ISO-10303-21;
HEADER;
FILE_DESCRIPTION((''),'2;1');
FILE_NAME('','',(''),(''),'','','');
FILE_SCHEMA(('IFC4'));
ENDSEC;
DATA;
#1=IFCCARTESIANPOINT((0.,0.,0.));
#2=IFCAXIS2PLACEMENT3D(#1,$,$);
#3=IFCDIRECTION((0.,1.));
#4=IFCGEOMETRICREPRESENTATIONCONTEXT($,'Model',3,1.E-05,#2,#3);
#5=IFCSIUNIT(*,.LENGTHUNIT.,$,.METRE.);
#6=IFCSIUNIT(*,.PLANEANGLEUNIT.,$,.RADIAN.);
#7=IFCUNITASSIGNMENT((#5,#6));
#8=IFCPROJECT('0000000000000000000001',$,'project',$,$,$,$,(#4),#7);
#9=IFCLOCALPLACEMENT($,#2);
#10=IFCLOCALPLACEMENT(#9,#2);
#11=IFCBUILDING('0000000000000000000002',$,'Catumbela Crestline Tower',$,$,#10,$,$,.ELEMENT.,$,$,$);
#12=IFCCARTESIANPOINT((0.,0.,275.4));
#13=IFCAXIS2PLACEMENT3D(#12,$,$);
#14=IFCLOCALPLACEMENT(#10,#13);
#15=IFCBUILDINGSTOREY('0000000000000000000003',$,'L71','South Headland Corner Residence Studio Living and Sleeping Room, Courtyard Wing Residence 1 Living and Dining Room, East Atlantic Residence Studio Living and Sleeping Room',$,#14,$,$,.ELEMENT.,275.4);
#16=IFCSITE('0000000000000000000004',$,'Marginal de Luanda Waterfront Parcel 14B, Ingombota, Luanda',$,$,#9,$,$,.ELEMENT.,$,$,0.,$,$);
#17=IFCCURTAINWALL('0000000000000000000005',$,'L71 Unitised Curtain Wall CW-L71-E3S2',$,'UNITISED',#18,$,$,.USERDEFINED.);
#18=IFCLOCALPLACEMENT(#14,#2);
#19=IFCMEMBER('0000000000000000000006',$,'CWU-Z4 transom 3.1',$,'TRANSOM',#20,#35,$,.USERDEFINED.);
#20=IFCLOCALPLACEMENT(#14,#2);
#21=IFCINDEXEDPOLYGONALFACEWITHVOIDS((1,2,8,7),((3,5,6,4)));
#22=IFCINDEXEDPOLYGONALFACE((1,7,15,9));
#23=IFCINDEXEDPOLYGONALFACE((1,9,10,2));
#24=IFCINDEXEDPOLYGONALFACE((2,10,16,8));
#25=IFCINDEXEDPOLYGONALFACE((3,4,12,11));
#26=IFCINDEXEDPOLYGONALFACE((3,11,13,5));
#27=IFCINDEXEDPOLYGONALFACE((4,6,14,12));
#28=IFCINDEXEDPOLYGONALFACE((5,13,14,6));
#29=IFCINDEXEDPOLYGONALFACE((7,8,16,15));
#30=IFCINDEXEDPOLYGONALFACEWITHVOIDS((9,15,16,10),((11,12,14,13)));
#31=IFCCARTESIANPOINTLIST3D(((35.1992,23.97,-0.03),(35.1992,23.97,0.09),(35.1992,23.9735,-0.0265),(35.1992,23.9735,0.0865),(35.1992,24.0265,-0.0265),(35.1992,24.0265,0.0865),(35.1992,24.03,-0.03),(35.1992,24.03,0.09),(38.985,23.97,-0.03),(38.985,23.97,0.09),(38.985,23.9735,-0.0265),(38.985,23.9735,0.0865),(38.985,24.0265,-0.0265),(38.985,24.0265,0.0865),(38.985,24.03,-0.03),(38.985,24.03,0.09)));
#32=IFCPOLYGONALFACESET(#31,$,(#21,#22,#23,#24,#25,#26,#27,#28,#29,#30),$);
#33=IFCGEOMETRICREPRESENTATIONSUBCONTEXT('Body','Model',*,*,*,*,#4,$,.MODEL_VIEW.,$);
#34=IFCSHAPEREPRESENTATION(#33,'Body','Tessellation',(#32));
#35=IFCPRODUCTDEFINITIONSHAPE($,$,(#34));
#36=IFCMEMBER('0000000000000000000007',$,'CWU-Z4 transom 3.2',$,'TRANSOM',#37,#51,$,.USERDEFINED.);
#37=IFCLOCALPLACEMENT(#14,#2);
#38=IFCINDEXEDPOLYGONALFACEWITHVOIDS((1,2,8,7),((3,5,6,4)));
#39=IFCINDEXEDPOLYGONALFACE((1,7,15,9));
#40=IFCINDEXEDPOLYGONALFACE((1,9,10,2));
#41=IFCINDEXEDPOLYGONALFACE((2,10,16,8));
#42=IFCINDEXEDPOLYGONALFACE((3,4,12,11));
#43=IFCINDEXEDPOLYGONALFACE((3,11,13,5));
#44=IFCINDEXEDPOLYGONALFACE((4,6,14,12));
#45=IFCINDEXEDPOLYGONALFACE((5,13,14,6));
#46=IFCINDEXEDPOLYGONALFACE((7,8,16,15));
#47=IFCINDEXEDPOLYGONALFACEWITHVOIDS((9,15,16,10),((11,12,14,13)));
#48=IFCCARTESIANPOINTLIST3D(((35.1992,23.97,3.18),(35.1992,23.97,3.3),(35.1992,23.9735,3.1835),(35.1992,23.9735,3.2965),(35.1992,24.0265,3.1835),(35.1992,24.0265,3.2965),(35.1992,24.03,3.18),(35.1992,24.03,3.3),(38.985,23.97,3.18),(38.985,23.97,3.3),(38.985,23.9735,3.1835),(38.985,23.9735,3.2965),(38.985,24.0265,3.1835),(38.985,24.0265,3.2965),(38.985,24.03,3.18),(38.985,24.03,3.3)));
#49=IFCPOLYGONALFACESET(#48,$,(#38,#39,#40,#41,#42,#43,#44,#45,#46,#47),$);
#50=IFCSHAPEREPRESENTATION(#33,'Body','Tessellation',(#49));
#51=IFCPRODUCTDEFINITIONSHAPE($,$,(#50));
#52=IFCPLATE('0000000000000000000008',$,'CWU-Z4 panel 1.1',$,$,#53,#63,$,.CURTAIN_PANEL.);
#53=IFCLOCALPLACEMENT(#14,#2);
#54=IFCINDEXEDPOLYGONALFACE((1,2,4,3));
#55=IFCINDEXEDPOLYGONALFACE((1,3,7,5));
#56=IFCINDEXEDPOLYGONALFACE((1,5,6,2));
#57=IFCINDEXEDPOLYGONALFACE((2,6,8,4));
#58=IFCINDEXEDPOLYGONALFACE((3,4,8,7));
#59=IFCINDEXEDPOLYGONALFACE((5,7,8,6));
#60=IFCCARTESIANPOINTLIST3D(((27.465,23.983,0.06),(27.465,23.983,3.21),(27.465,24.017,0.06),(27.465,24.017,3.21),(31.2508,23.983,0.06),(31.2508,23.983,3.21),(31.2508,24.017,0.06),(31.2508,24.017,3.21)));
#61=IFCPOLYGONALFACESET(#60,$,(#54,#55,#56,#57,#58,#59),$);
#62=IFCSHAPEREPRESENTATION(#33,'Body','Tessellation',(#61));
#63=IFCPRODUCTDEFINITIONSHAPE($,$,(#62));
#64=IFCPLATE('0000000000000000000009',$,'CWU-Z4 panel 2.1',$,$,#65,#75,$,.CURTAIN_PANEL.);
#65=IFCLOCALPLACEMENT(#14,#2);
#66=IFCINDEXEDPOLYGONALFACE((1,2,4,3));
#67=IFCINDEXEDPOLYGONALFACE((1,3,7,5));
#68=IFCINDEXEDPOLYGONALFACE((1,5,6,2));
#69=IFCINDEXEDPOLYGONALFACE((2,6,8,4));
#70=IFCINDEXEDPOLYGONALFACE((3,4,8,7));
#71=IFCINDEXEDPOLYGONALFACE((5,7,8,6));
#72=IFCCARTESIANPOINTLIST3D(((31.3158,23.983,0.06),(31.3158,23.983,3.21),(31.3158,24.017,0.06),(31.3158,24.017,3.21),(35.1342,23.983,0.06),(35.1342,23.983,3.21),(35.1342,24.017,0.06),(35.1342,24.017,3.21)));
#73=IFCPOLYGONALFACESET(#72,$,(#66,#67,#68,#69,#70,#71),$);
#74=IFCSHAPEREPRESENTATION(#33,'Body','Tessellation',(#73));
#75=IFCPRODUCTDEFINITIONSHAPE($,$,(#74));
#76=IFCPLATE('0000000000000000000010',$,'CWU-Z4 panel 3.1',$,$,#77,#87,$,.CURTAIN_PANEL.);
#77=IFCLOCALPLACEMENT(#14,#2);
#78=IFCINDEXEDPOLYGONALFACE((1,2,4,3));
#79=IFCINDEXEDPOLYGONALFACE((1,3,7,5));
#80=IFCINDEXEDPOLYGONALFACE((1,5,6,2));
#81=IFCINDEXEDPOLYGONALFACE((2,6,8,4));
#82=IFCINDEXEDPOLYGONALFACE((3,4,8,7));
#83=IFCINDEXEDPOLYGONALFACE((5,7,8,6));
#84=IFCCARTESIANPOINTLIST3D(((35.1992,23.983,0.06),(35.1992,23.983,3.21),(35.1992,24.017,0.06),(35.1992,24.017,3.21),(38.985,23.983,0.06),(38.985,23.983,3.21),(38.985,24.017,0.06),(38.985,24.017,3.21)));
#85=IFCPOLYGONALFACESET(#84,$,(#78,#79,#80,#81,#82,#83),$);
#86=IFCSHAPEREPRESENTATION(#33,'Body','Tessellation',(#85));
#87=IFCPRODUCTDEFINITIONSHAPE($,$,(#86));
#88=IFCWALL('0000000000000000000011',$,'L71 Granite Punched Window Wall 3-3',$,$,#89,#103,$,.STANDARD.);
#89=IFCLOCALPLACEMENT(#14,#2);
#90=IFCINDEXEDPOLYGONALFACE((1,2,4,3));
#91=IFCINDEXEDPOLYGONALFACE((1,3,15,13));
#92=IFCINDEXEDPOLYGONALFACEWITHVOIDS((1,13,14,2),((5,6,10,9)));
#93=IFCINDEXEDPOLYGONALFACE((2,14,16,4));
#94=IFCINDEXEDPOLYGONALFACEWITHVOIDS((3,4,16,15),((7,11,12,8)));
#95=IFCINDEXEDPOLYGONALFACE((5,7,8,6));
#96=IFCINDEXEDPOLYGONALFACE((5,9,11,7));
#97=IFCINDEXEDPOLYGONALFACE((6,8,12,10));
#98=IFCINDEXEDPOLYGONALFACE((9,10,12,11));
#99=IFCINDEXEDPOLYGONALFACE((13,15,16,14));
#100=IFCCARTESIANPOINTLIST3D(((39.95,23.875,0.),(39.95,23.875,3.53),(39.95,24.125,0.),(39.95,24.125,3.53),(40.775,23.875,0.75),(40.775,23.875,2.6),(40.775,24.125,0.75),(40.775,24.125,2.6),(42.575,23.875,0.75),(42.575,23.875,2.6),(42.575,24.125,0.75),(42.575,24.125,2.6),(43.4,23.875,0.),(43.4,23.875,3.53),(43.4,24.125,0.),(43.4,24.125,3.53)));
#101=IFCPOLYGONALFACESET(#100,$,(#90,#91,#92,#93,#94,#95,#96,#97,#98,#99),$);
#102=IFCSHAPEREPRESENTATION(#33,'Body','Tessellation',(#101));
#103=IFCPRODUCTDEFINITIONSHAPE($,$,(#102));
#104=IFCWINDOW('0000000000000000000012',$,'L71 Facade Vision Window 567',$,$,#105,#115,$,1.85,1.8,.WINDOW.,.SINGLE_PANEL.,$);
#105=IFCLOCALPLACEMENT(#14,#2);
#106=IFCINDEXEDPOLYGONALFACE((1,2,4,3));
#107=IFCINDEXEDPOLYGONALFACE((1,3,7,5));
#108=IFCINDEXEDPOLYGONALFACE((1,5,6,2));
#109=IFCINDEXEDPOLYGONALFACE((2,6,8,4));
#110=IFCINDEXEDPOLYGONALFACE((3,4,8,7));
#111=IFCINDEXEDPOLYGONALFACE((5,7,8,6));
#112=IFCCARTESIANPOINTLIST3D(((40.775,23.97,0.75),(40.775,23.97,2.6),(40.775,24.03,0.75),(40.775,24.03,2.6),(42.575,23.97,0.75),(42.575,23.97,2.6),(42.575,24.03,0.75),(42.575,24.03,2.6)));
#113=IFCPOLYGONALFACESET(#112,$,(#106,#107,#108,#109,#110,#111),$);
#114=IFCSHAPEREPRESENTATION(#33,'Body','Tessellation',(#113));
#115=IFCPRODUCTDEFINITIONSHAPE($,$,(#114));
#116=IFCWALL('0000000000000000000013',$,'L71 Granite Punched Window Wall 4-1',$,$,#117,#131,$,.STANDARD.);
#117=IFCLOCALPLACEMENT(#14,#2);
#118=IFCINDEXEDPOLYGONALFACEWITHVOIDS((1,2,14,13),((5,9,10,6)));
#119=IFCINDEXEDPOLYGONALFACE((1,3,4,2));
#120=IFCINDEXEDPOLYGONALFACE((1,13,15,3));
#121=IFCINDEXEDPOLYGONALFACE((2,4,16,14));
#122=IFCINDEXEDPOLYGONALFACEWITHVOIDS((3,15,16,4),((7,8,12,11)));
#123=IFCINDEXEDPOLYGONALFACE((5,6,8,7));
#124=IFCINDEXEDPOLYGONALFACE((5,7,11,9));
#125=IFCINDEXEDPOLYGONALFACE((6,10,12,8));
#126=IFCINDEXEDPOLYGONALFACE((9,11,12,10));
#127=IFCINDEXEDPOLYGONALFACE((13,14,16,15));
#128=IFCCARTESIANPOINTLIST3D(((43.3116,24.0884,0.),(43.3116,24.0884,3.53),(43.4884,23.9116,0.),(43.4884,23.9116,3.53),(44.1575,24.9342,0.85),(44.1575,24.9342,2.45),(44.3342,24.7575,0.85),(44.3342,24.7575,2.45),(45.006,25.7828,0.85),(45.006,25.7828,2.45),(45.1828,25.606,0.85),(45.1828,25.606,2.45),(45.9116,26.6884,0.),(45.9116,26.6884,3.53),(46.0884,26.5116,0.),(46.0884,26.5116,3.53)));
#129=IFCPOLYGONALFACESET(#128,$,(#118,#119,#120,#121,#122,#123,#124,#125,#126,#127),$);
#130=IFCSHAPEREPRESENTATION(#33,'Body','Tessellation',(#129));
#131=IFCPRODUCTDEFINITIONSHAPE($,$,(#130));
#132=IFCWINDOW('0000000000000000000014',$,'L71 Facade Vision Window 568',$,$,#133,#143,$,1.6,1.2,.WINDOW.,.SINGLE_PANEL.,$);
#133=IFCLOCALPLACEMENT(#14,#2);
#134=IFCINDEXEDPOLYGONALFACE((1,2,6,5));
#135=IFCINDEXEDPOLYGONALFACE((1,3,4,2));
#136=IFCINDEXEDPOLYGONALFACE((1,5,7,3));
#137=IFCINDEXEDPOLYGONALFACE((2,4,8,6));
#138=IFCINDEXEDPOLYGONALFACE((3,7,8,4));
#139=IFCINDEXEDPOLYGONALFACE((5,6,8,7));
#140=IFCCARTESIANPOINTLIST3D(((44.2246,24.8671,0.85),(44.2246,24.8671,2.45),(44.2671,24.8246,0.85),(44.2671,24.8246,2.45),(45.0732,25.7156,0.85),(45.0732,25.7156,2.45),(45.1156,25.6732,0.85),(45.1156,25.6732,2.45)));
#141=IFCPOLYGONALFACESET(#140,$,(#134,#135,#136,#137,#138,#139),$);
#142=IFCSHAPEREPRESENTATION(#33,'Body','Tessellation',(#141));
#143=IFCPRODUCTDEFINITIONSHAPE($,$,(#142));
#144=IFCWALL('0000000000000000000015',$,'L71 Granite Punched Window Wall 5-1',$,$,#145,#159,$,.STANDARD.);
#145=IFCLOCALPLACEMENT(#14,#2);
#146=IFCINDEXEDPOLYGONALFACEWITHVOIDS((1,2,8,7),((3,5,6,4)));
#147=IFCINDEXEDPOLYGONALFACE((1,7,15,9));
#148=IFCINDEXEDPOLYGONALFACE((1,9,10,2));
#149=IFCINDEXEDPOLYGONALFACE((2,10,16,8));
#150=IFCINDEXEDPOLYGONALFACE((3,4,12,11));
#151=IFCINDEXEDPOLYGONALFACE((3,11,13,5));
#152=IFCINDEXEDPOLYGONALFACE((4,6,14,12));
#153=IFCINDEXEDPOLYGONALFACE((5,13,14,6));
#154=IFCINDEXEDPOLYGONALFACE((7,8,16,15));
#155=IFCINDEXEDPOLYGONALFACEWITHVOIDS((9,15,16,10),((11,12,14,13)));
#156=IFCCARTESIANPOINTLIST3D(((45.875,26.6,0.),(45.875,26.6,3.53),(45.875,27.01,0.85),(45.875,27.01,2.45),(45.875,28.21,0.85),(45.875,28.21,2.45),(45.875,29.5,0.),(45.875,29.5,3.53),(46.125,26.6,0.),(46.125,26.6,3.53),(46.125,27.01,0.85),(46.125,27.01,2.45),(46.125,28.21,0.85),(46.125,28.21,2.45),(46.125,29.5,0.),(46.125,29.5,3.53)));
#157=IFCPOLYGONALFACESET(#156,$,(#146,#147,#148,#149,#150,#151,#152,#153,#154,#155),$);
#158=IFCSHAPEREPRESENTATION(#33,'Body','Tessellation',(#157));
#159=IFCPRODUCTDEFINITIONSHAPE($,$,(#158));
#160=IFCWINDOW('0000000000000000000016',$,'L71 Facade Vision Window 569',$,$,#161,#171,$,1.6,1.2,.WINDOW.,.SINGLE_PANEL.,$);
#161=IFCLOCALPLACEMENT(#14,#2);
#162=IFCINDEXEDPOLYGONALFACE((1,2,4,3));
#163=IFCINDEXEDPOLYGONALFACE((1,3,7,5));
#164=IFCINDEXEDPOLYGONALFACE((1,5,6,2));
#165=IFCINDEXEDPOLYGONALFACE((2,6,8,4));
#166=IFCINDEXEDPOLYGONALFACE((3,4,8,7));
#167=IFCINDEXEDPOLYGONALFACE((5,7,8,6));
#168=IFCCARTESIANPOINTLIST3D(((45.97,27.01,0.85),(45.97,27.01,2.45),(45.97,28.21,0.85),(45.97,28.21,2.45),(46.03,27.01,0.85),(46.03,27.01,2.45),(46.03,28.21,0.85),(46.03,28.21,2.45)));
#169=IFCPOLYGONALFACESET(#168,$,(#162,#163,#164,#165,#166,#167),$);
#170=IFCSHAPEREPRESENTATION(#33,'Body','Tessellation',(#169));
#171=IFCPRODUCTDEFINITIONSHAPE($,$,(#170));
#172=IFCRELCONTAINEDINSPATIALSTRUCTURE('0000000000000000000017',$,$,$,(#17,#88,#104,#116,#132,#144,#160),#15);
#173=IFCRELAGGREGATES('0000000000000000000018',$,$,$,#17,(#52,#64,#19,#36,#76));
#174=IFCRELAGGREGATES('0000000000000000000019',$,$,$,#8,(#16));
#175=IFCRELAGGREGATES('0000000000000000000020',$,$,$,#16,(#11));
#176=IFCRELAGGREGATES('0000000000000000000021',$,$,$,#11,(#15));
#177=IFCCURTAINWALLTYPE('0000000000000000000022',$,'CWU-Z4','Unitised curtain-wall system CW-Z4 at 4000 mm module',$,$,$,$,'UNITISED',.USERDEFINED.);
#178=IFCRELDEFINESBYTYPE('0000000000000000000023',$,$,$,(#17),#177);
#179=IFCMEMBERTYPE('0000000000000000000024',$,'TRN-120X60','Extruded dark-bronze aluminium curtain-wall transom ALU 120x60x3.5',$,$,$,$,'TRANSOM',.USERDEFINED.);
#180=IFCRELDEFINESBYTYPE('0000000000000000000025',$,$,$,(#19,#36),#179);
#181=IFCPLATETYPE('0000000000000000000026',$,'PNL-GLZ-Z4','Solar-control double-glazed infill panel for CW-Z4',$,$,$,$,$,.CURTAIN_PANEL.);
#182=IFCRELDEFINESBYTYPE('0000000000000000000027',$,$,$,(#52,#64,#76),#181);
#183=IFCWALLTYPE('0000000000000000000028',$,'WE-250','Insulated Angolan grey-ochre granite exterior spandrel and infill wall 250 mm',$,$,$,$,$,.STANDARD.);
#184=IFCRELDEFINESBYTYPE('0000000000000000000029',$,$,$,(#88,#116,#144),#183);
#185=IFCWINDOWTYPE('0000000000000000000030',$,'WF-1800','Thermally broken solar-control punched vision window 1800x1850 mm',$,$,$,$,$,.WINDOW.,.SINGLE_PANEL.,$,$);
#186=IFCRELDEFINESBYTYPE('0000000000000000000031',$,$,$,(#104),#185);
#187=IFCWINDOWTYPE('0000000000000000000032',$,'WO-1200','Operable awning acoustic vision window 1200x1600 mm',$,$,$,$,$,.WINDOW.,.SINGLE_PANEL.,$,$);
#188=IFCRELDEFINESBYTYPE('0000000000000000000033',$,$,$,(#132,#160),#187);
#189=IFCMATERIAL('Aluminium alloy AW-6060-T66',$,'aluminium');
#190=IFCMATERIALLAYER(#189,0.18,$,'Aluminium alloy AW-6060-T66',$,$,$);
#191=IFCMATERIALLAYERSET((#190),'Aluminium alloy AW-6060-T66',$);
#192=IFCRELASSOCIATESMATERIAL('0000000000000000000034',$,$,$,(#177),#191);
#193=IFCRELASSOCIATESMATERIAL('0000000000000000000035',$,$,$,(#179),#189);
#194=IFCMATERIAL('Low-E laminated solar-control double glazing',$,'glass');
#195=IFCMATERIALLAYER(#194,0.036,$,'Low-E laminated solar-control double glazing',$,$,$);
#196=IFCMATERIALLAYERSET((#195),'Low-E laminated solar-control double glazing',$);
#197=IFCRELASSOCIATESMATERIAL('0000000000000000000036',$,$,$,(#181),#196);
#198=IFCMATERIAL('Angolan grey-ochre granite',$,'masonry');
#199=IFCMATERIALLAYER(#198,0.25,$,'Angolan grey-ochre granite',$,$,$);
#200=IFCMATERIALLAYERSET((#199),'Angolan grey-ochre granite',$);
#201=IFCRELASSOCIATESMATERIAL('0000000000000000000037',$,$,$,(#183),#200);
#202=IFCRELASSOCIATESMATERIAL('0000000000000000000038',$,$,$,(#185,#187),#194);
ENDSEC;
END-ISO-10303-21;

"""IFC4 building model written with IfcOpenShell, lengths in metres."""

from ifc_helpers import new_model, si_unit, direction, frame, frame_2d, origin, origin_2d, place, context, subcontext, project, spatial, rectangle, hollow_rectangle, extrude, material, layer, layer_set, material_profile, profile_set, type_object, element, fill, aggregate, save


model = new_model("IFC4")

# Units and contexts
model_context = context("Model", 3, precision=1e-05, world=origin(), true_north=direction((0.0, 1.0)))
body_context = subcontext(model_context, "Body", "Model", "MODEL_VIEW")
ifc_project = project(units=[si_unit("LENGTHUNIT", "METRE"), si_unit("PLANEANGLEUNIT", "RADIAN")], contexts=[model_context])

# Site, building, storey
site_placement = place(None, origin())
site = spatial("IfcSite", under=ifc_project, at=site_placement, Name="Marginal de Luanda Waterfront Parcel 14B, Ingombota, Luanda", CompositionType="ELEMENT", RefElevation=0.0)
building_placement = place(site_placement, origin())
building = spatial("IfcBuilding", under=site, at=building_placement, Name="Catumbela Crestline Tower", CompositionType="ELEMENT")
storey_placement = place(building_placement, frame((0.0, 0.0, 275.4)))
storey = spatial("IfcBuildingStorey", under=building, at=storey_placement, Name="L71", Description="South Headland Corner Residence Studio Living and Sleeping Room, Courtyard Wing Residence 1 Living and Dining Room, East Atlantic Residence Studio Living and Sleeping Room", CompositionType="ELEMENT", Elevation=275.4)

# Curtain wall
ifc_material_1 = material(Name="Aluminium alloy AW-6060-T66", Category="aluminium")
ifc_layer_1 = layer(ifc_material_1, 0.18, Name="Aluminium alloy AW-6060-T66")
ifc_layer_set_1 = layer_set([ifc_layer_1], Name="Aluminium alloy AW-6060-T66")
curtain_wall_type = type_object("IfcCurtainWallType", Name="CWU-Z4", Description="Unitised curtain-wall system CW-Z4 at 4000 mm module", ElementType="UNITISED", PredefinedType="USERDEFINED", material=ifc_layer_set_1)
curtain_wall_placement = place(storey_placement, origin())
curtain_wall = element("IfcCurtainWall", 1, at=curtain_wall_placement, inside=storey, type_object=curtain_wall_type, Name="L71 Unitised Curtain Wall CW-L71-E3S2", ObjectType="UNITISED", PredefinedType="USERDEFINED")

# Members
ifc_material_profile_1 = material_profile(ifc_material_1, hollow_rectangle(XDim=0.06, YDim=0.12, WallThickness=0.0035, at=origin_2d()), Name="ALU 120x60x3.5")
ifc_profile_set_1 = profile_set([ifc_material_profile_1], Name="Aluminium alloy AW-6060-T66")
member_type_1 = type_object("IfcMemberType", Name="TRN-120X60", Description="Extruded dark-bronze aluminium curtain-wall transom ALU 120x60x3.5", ElementType="TRANSOM", PredefinedType="USERDEFINED", material=ifc_profile_set_1)
member_1_placement = place(storey_placement, frame((35.1992, 24.0, 0.03), z_axis=(1.0, 0.0, 0.0), x_axis=(0.0, 1.0, 0.0)))
member_1 = element("IfcMember", 2, at=member_1_placement, type_object=member_type_1, Name="CWU-Z4 transom 3.1", ObjectType="TRANSOM", PredefinedType="USERDEFINED", context=body_context, shape_type="SweptSolid", body=[
    extrude(hollow_rectangle(XDim=0.06, YDim=0.12, WallThickness=0.0035, at=origin_2d()), origin(), (0.0, 0.0, 1.0), 3.7858),
])
member_2_placement = place(storey_placement, frame((35.1992, 24.0, 3.24), z_axis=(1.0, 0.0, 0.0), x_axis=(0.0, 1.0, 0.0)))
member_2 = element("IfcMember", 3, at=member_2_placement, type_object=member_type_1, Name="CWU-Z4 transom 3.2", ObjectType="TRANSOM", PredefinedType="USERDEFINED", context=body_context, shape_type="SweptSolid", body=[
    extrude(hollow_rectangle(XDim=0.06, YDim=0.12, WallThickness=0.0035, at=origin_2d()), origin(), (0.0, 0.0, 1.0), 3.7858),
])

# Plates
ifc_material_2 = material(Name="Low-E laminated solar-control double glazing", Category="glass")
ifc_layer_2 = layer(ifc_material_2, 0.036, Name="Low-E laminated solar-control double glazing")
ifc_layer_set_2 = layer_set([ifc_layer_2], Name="Low-E laminated solar-control double glazing")
plate_type = type_object("IfcPlateType", Name="PNL-GLZ-Z4", Description="Solar-control double-glazed infill panel for CW-Z4", PredefinedType="CURTAIN_PANEL", material=ifc_layer_set_2)
plate_1_placement = place(storey_placement, frame((29.3579, 24.0, 0.06), z_axis=(0.0, 0.0, 1.0), x_axis=(1.0, 0.0, 0.0)))
plate_1 = element("IfcPlate", 4, at=plate_1_placement, type_object=plate_type, Name="CWU-Z4 panel 1.1", PredefinedType="CURTAIN_PANEL", context=body_context, shape_type="SweptSolid", body=[
    extrude(rectangle(XDim=3.7858, YDim=0.034, at=origin_2d()), origin(), (0.0, 0.0, 1.0), 3.15),
])
plate_2_placement = place(storey_placement, frame((33.225, 24.0, 0.06), z_axis=(0.0, 0.0, 1.0), x_axis=(1.0, 0.0, 0.0)))
plate_2 = element("IfcPlate", 5, at=plate_2_placement, type_object=plate_type, Name="CWU-Z4 panel 2.1", PredefinedType="CURTAIN_PANEL", context=body_context, shape_type="SweptSolid", body=[
    extrude(rectangle(XDim=3.8183, YDim=0.034, at=origin_2d()), origin(), (0.0, 0.0, 1.0), 3.15),
])
plate_3_placement = place(storey_placement, frame((37.0921, 24.0, 0.06), z_axis=(0.0, 0.0, 1.0), x_axis=(1.0, 0.0, 0.0)))
plate_3 = element("IfcPlate", 6, at=plate_3_placement, type_object=plate_type, Name="CWU-Z4 panel 3.1", PredefinedType="CURTAIN_PANEL", context=body_context, shape_type="SweptSolid", body=[
    extrude(rectangle(XDim=3.7858, YDim=0.034, at=origin_2d()), origin(), (0.0, 0.0, 1.0), 3.15),
])
aggregate(curtain_wall, [plate_1, plate_2, member_1, member_2, plate_3])

# Walls, openings, windows
ifc_material_3 = material(Name="Angolan grey-ochre granite", Category="masonry")
ifc_layer_3 = layer(ifc_material_3, 0.25, Name="Angolan grey-ochre granite")
ifc_layer_set_3 = layer_set([ifc_layer_3], Name="Angolan grey-ochre granite")
wall_type_1 = type_object("IfcWallType", Name="WE-250", Description="Insulated Angolan grey-ochre granite exterior spandrel and infill wall 250 mm", PredefinedType="STANDARD", material=ifc_layer_set_3)
wall_1_placement = place(storey_placement, frame((39.95, 24.0, 0.0), z_axis=(0.0, 0.0, 1.0), x_axis=(1.0, 0.0, 0.0)))
wall_1 = element("IfcWall", 7, at=wall_1_placement, inside=storey, type_object=wall_type_1, Name="L71 Granite Punched Window Wall 3-3", PredefinedType="STANDARD", context=body_context, shape_type="SweptSolid", body=[
    extrude(rectangle(XDim=3.45, YDim=0.25, at=frame_2d((1.725, 0.0))), origin(), (0.0, 0.0, 1.0), 3.53),
])
opening_1_placement = place(wall_1_placement, frame((0.825, 0.0, 0.75)))
opening_1 = element("IfcOpeningElement", 8, at=opening_1_placement, cuts=wall_1, PredefinedType="OPENING", context=body_context, shape_type="SweptSolid", body=[
    extrude(rectangle(XDim=1.8, YDim=1.85, at=frame_2d((0.9, 0.925))), frame((0.0, 0.135, 0.0), z_axis=(0.0, -1.0, 0.0), x_axis=(1.0, 0.0, 0.0)), (0.0, 0.0, 1.0), 0.27),
])
window_type_1 = type_object("IfcWindowType", Name="WF-1800", Description="Thermally broken solar-control punched vision window 1800x1850 mm", PartitioningType="SINGLE_PANEL", PredefinedType="WINDOW", material=ifc_material_2)
window_1_placement = place(opening_1_placement, origin())
window_1 = element("IfcWindow", 9, at=window_1_placement, inside=storey, type_object=window_type_1, Name="L71 Facade Vision Window 567", OverallHeight=1.85, OverallWidth=1.8, PartitioningType="SINGLE_PANEL", PredefinedType="WINDOW", context=body_context, shape_type="SweptSolid", body=[
    extrude(rectangle(XDim=1.8, YDim=1.85, at=frame_2d((0.9, 0.925))), frame((0.0, 0.03, 0.0), z_axis=(0.0, -1.0, 0.0), x_axis=(1.0, 0.0, 0.0)), (0.0, 0.0, 1.0), 0.06),
])
fill(opening_1, window_1)
wall_2_placement = place(storey_placement, frame((43.4, 24.0, 0.0), z_axis=(0.0, 0.0, 1.0), x_axis=(0.707107, 0.707107, 0.0)))
wall_2 = element("IfcWall", 10, at=wall_2_placement, inside=storey, type_object=wall_type_1, Name="L71 Granite Punched Window Wall 4-1", PredefinedType="STANDARD", context=body_context, shape_type="SweptSolid", body=[
    extrude(rectangle(XDim=3.677, YDim=0.25, at=frame_2d((1.8385, 0.0))), origin(), (0.0, 0.0, 1.0), 3.53),
])
opening_2_placement = place(wall_2_placement, frame((1.1962, 0.0, 0.85)))
opening_2 = element("IfcOpeningElement", 11, at=opening_2_placement, cuts=wall_2, PredefinedType="OPENING", context=body_context, shape_type="SweptSolid", body=[
    extrude(rectangle(XDim=1.2, YDim=1.6, at=frame_2d((0.6, 0.8))), frame((0.0, 0.135, 0.0), z_axis=(0.0, -1.0, 0.0), x_axis=(1.0, 0.0, 0.0)), (0.0, 0.0, 1.0), 0.27),
])
window_type_2 = type_object("IfcWindowType", Name="WO-1200", Description="Operable awning acoustic vision window 1200x1600 mm", PartitioningType="SINGLE_PANEL", PredefinedType="WINDOW", material=ifc_material_2)
window_2_placement = place(opening_2_placement, origin())
window_2 = element("IfcWindow", 12, at=window_2_placement, inside=storey, type_object=window_type_2, Name="L71 Facade Vision Window 568", OverallHeight=1.6, OverallWidth=1.2, PartitioningType="SINGLE_PANEL", PredefinedType="WINDOW", context=body_context, shape_type="SweptSolid", body=[
    extrude(rectangle(XDim=1.2, YDim=1.6, at=frame_2d((0.6, 0.8))), frame((0.0, 0.03, 0.0), z_axis=(0.0, -1.0, 0.0), x_axis=(1.0, 0.0, 0.0)), (0.0, 0.0, 1.0), 0.06),
])
fill(opening_2, window_2)
wall_3_placement = place(storey_placement, frame((46.0, 26.6, 0.0), z_axis=(0.0, 0.0, 1.0), x_axis=(0.0, 1.0, 0.0)))
wall_3 = element("IfcWall", 13, at=wall_3_placement, inside=storey, type_object=wall_type_1, Name="L71 Granite Punched Window Wall 5-1", PredefinedType="STANDARD", context=body_context, shape_type="SweptSolid", body=[
    extrude(rectangle(XDim=2.9, YDim=0.25, at=frame_2d((1.45, 0.0))), origin(), (0.0, 0.0, 1.0), 3.53),
])
opening_3_placement = place(wall_3_placement, frame((0.41, 0.0, 0.85)))
opening_3 = element("IfcOpeningElement", 14, at=opening_3_placement, cuts=wall_3, PredefinedType="OPENING", context=body_context, shape_type="SweptSolid", body=[
    extrude(rectangle(XDim=1.2, YDim=1.6, at=frame_2d((0.6, 0.8))), frame((0.0, 0.135, 0.0), z_axis=(0.0, -1.0, 0.0), x_axis=(1.0, 0.0, 0.0)), (0.0, 0.0, 1.0), 0.27),
])
window_3_placement = place(opening_3_placement, origin())
window_3 = element("IfcWindow", 15, at=window_3_placement, inside=storey, type_object=window_type_2, Name="L71 Facade Vision Window 569", OverallHeight=1.6, OverallWidth=1.2, PartitioningType="SINGLE_PANEL", PredefinedType="WINDOW", context=body_context, shape_type="SweptSolid", body=[
    extrude(rectangle(XDim=1.2, YDim=1.6, at=frame_2d((0.6, 0.8))), frame((0.0, 0.03, 0.0), z_axis=(0.0, -1.0, 0.0), x_axis=(1.0, 0.0, 0.0)), (0.0, 0.0, 1.0), 0.06),
])
fill(opening_3, window_3)

save(model, "model.ifc")
